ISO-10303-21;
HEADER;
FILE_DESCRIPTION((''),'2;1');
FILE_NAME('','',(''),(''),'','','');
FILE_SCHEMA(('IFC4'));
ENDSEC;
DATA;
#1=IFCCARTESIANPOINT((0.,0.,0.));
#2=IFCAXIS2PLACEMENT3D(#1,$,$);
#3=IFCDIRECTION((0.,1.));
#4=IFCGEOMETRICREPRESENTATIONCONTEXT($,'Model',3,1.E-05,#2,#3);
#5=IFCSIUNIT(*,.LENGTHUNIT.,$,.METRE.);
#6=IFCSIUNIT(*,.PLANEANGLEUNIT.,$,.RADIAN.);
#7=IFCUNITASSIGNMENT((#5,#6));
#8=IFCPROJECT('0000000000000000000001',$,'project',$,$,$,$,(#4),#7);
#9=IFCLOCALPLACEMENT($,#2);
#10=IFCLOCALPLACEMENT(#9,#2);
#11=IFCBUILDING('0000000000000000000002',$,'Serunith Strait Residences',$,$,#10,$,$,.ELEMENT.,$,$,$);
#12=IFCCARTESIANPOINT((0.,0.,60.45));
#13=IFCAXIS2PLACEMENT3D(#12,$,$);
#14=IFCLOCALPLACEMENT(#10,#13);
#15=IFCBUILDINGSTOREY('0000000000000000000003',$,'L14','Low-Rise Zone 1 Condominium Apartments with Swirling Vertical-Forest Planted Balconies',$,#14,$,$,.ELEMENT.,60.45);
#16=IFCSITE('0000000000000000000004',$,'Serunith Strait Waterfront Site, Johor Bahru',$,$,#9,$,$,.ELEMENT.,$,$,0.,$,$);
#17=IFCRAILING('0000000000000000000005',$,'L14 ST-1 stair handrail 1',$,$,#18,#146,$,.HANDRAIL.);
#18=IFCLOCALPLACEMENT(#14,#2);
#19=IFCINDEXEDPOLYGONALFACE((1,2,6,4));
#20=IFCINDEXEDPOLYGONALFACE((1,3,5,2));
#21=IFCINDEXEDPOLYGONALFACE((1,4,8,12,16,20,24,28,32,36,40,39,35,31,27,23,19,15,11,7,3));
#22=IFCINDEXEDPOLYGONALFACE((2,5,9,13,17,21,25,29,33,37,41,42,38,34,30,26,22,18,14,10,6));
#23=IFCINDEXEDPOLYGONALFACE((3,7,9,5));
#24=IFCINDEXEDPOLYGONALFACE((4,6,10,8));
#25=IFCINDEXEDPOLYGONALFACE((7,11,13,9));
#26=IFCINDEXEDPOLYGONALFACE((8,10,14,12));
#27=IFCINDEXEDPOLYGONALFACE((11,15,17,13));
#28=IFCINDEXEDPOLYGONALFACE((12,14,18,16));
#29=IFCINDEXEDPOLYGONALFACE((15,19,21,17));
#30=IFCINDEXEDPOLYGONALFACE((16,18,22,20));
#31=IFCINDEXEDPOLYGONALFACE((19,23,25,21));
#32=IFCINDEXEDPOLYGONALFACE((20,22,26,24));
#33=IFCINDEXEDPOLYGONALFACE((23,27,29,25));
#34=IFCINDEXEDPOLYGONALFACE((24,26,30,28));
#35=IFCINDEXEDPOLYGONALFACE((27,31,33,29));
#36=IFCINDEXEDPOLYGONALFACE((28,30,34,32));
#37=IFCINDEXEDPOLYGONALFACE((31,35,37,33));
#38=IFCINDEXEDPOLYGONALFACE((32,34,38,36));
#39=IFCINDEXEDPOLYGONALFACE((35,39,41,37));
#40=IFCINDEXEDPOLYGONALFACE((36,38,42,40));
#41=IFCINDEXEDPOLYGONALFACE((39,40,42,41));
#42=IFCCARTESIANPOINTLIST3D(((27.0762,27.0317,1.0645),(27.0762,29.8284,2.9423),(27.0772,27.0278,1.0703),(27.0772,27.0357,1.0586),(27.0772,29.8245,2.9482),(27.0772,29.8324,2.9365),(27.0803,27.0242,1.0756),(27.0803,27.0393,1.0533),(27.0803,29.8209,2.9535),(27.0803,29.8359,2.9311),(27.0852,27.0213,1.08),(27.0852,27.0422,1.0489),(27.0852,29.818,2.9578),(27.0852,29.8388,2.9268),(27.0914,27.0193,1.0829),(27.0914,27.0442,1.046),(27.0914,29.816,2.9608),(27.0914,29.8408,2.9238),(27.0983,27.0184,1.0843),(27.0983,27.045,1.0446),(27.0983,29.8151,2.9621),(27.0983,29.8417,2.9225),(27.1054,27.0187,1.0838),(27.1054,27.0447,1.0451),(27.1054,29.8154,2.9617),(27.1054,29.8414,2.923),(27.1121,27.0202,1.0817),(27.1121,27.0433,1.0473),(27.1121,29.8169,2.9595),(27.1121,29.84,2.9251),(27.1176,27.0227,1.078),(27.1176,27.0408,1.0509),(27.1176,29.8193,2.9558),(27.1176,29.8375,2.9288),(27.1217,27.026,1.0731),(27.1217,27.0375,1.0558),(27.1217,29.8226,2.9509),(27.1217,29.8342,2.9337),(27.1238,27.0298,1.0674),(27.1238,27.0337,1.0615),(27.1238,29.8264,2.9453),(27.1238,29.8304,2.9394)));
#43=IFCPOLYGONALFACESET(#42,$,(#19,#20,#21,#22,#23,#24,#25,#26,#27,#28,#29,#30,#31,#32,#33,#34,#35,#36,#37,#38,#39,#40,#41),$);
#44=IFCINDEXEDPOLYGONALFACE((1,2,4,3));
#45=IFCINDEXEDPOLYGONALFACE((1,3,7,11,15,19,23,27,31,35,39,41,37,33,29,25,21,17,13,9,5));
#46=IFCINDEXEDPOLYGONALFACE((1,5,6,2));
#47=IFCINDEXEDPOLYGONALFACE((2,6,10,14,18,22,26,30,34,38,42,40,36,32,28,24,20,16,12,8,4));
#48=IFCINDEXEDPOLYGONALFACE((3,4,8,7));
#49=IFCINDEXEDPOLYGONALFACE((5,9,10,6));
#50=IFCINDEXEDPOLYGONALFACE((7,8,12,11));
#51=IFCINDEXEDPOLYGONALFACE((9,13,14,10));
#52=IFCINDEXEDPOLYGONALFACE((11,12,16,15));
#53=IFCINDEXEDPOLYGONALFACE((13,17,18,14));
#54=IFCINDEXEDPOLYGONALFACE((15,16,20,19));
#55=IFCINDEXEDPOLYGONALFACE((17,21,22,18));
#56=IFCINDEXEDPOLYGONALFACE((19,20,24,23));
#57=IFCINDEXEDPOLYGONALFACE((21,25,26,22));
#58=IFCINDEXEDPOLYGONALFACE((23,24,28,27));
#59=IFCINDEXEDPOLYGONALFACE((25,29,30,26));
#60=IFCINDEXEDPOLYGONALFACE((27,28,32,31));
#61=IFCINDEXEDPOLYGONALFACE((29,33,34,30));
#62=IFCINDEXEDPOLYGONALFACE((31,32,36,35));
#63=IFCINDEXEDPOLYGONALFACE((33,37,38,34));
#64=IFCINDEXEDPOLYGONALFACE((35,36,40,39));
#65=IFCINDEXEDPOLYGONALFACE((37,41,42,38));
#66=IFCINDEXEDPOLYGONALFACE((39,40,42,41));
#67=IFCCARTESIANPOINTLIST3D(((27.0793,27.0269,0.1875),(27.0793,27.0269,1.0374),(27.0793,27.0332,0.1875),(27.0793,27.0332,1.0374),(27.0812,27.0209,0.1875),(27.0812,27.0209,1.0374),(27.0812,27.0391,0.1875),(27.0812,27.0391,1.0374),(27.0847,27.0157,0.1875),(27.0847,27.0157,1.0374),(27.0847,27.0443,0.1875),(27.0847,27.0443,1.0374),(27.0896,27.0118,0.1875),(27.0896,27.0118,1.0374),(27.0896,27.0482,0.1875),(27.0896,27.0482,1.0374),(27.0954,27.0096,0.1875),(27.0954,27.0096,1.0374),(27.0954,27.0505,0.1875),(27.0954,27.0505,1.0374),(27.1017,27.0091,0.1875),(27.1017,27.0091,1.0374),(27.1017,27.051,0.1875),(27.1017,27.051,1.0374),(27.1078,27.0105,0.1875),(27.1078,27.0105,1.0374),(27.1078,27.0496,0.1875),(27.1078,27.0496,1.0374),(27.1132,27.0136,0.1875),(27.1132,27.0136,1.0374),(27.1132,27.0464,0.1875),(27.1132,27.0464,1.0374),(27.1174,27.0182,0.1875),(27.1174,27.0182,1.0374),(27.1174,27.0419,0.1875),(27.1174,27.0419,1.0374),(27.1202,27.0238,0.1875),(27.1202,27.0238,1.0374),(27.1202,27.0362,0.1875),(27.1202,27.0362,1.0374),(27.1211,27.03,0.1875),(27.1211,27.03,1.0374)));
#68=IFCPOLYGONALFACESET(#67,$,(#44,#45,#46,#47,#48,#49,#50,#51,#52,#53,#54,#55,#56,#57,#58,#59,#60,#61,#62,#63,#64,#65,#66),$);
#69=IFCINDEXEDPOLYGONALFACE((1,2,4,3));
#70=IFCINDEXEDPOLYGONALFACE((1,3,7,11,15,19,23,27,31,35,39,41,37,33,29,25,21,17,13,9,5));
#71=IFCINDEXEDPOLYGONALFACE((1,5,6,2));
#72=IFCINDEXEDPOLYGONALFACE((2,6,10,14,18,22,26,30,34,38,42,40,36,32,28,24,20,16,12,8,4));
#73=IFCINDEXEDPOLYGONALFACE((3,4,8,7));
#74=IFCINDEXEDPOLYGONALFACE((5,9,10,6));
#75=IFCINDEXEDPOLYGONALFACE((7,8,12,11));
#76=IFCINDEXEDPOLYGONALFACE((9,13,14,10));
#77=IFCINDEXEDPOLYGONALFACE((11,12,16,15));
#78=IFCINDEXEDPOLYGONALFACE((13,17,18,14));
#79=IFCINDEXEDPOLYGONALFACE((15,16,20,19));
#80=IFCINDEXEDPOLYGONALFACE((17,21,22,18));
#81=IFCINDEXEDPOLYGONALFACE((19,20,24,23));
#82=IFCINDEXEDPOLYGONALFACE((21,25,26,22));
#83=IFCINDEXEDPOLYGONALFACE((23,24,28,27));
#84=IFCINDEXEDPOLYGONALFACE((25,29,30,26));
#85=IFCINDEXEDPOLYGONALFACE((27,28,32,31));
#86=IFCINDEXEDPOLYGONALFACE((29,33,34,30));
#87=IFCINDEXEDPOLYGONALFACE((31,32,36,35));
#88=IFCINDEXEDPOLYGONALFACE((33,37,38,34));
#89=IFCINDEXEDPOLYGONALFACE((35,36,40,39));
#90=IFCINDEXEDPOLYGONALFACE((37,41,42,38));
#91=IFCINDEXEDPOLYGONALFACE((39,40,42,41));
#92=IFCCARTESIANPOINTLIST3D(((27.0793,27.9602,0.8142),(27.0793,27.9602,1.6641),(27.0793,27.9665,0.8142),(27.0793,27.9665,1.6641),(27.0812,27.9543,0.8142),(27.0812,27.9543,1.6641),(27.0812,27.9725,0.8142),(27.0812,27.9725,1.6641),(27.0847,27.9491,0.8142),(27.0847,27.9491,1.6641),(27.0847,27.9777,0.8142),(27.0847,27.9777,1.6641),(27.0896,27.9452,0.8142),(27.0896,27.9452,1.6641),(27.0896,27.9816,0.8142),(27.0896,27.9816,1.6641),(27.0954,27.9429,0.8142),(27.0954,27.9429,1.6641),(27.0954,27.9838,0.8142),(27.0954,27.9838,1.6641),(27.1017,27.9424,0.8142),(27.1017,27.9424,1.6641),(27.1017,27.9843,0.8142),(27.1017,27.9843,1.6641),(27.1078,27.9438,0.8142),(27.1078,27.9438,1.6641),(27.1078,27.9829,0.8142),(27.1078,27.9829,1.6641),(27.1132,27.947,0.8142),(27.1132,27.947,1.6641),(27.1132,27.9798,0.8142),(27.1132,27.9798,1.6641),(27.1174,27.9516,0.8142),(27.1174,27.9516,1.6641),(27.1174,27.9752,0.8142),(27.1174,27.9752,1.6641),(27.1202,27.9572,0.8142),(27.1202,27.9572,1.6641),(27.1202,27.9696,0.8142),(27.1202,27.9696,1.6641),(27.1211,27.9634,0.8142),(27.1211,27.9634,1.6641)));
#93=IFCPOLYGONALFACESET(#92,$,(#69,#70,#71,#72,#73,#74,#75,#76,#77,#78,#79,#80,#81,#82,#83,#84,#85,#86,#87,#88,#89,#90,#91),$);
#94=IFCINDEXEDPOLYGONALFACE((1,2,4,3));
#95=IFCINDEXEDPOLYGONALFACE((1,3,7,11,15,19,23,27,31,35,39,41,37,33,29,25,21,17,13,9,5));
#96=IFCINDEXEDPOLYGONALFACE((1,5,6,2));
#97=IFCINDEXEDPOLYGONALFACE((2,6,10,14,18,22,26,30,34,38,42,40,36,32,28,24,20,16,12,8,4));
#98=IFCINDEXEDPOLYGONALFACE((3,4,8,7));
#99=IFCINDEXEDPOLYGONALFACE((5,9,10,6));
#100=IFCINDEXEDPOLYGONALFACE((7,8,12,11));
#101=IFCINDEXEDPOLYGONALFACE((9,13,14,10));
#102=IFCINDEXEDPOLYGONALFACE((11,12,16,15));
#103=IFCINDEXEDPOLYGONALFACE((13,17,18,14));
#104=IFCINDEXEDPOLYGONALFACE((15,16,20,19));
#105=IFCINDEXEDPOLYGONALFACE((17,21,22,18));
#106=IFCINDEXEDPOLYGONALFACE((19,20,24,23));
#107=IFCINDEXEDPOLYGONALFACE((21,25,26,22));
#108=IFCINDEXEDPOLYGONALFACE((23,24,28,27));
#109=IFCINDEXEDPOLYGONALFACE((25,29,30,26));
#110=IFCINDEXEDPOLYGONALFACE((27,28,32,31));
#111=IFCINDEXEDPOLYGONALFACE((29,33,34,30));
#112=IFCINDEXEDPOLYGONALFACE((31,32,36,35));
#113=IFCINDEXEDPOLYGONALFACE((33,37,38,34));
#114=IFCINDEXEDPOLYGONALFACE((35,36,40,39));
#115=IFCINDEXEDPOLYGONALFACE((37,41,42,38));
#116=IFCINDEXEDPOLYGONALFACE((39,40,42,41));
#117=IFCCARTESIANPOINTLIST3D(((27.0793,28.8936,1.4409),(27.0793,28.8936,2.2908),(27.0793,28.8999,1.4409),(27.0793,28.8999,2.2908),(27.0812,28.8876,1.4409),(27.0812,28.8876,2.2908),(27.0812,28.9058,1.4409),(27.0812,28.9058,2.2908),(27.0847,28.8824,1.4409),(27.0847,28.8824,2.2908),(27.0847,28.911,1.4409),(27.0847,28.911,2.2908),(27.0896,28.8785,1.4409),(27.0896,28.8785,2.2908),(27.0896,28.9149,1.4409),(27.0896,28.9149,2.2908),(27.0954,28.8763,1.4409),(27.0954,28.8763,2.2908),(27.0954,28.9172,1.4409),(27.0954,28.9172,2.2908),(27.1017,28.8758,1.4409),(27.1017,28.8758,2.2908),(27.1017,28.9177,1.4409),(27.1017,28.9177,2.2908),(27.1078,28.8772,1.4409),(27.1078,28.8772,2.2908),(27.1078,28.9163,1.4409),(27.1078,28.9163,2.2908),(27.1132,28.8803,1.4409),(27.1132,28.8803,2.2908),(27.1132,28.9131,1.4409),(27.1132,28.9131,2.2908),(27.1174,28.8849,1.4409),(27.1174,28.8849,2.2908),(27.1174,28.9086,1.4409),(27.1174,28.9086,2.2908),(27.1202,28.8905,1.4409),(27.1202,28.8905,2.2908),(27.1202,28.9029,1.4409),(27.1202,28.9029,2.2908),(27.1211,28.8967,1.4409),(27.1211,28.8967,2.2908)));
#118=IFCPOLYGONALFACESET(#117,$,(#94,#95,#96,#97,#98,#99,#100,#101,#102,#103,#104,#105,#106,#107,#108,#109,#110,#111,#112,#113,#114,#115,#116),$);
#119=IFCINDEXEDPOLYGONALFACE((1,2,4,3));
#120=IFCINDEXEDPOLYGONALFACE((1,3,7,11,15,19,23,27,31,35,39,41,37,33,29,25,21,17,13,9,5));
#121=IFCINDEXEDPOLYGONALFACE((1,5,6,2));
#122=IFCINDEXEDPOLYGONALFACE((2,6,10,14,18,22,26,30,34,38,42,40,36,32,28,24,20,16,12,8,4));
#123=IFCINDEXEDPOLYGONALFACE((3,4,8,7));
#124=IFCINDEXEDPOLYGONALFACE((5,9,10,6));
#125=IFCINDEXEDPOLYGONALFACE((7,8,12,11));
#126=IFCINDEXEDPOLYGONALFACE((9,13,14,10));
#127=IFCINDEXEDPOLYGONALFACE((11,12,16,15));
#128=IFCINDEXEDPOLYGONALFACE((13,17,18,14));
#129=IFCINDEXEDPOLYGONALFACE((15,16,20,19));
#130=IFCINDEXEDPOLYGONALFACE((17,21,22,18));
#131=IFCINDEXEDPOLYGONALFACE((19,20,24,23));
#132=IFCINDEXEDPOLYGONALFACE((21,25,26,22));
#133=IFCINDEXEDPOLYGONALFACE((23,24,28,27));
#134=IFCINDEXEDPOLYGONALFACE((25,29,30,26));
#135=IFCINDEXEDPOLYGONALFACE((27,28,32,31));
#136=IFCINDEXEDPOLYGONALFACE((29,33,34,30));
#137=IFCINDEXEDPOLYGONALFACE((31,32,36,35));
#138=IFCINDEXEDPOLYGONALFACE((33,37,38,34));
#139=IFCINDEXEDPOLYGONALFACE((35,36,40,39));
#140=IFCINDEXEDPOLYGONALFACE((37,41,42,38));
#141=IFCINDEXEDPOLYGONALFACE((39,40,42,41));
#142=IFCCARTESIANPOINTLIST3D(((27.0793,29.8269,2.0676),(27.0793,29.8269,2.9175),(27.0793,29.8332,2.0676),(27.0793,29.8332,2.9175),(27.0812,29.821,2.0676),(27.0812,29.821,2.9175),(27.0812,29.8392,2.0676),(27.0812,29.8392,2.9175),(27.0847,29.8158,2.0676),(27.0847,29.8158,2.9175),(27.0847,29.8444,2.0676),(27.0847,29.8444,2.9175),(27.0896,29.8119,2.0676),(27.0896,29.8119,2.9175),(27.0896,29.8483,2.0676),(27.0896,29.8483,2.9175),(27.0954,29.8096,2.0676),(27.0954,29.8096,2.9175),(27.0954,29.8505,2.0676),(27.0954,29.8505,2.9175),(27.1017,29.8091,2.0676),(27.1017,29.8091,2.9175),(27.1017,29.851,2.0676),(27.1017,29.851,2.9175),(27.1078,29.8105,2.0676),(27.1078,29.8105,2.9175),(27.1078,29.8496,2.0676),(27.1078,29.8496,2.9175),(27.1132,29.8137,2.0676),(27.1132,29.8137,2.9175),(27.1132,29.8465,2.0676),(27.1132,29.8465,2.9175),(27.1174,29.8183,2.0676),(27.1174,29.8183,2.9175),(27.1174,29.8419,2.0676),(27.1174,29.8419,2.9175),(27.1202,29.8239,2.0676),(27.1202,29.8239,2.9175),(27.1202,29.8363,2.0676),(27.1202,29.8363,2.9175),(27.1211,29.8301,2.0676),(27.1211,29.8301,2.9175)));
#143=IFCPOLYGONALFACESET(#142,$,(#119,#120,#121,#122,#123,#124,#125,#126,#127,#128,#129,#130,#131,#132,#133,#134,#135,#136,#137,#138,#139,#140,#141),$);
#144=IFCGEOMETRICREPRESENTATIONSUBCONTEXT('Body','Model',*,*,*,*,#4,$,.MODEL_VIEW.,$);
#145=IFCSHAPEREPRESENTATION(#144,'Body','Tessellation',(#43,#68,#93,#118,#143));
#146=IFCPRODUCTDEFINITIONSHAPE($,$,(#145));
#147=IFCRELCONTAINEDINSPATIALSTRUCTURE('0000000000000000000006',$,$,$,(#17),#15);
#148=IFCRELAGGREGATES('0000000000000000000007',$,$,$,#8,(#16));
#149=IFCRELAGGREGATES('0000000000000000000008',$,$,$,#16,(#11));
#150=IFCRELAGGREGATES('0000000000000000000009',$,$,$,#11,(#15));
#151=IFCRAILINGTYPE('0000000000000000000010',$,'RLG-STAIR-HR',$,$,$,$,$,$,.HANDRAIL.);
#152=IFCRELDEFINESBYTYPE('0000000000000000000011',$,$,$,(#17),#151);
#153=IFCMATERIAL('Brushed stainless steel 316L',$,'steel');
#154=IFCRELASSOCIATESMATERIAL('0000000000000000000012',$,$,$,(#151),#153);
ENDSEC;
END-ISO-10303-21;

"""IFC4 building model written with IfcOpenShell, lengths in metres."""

from ifc_helpers import new_model, si_unit, direction, frame, origin, origin_2d, place, context, subcontext, project, spatial, circle, extrude, material, type_object, element, save


model = new_model("IFC4")

# Units and contexts
model_context = context("Model", 3, precision=1e-05, world=origin(), true_north=direction((0.0, 1.0)))
body_context = subcontext(model_context, "Body", "Model", "MODEL_VIEW")
ifc_project = project(units=[si_unit("LENGTHUNIT", "METRE"), si_unit("PLANEANGLEUNIT", "RADIAN")], contexts=[model_context])

# Site, building, storey
site_placement = place(None, origin())
site = spatial("IfcSite", under=ifc_project, at=site_placement, Name="Serunith Strait Waterfront Site, Johor Bahru", CompositionType="ELEMENT", RefElevation=0.0)
building_placement = place(site_placement, origin())
building = spatial("IfcBuilding", under=site, at=building_placement, Name="Serunith Strait Residences", CompositionType="ELEMENT")
storey_placement = place(building_placement, frame((0.0, 0.0, 60.45)))
storey = spatial("IfcBuildingStorey", under=building, at=storey_placement, Name="L14", Description="Low-Rise Zone 1 Condominium Apartments with Swirling Vertical-Forest Planted Balconies", CompositionType="ELEMENT", Elevation=60.45)

# Railing
ifc_material_1 = material(Name="Brushed stainless steel 316L", Category="steel")
railing_type_1 = type_object("IfcRailingType", Name="RLG-STAIR-HR", PredefinedType="HANDRAIL", material=ifc_material_1)
railing_1_placement = place(storey_placement, frame((27.1001, 27.03, 0.1875)))
element("IfcRailing", 1, at=railing_1_placement, inside=storey, type_object=railing_type_1, Name="L14 ST-1 stair handrail 1", PredefinedType="HANDRAIL", context=body_context, shape_type="SweptSolid", body=[
    extrude(circle(Radius=0.0239, at=origin_2d()), frame((0.0, 0.0017, 0.877), z_axis=(0.0, 0.830208, 0.557453), x_axis=(-1.0, 0.0, 0.0)), (0.0, 0.0, 1.0), 3.3687),
    extrude(circle(Radius=0.021, at=origin_2d()), origin(), (0.0, 0.0, 1.0), 0.8499),
    extrude(circle(Radius=0.021, at=origin_2d()), frame((0.0, 0.9333, 0.6267)), (0.0, 0.0, 1.0), 0.8499),
    extrude(circle(Radius=0.021, at=origin_2d()), frame((0.0, 1.8667, 1.2534)), (0.0, 0.0, 1.0), 0.8499),
    extrude(circle(Radius=0.021, at=origin_2d()), frame((0.0, 2.8, 1.8801)), (0.0, 0.0, 1.0), 0.8499),
])

save(model, "model.ifc")
